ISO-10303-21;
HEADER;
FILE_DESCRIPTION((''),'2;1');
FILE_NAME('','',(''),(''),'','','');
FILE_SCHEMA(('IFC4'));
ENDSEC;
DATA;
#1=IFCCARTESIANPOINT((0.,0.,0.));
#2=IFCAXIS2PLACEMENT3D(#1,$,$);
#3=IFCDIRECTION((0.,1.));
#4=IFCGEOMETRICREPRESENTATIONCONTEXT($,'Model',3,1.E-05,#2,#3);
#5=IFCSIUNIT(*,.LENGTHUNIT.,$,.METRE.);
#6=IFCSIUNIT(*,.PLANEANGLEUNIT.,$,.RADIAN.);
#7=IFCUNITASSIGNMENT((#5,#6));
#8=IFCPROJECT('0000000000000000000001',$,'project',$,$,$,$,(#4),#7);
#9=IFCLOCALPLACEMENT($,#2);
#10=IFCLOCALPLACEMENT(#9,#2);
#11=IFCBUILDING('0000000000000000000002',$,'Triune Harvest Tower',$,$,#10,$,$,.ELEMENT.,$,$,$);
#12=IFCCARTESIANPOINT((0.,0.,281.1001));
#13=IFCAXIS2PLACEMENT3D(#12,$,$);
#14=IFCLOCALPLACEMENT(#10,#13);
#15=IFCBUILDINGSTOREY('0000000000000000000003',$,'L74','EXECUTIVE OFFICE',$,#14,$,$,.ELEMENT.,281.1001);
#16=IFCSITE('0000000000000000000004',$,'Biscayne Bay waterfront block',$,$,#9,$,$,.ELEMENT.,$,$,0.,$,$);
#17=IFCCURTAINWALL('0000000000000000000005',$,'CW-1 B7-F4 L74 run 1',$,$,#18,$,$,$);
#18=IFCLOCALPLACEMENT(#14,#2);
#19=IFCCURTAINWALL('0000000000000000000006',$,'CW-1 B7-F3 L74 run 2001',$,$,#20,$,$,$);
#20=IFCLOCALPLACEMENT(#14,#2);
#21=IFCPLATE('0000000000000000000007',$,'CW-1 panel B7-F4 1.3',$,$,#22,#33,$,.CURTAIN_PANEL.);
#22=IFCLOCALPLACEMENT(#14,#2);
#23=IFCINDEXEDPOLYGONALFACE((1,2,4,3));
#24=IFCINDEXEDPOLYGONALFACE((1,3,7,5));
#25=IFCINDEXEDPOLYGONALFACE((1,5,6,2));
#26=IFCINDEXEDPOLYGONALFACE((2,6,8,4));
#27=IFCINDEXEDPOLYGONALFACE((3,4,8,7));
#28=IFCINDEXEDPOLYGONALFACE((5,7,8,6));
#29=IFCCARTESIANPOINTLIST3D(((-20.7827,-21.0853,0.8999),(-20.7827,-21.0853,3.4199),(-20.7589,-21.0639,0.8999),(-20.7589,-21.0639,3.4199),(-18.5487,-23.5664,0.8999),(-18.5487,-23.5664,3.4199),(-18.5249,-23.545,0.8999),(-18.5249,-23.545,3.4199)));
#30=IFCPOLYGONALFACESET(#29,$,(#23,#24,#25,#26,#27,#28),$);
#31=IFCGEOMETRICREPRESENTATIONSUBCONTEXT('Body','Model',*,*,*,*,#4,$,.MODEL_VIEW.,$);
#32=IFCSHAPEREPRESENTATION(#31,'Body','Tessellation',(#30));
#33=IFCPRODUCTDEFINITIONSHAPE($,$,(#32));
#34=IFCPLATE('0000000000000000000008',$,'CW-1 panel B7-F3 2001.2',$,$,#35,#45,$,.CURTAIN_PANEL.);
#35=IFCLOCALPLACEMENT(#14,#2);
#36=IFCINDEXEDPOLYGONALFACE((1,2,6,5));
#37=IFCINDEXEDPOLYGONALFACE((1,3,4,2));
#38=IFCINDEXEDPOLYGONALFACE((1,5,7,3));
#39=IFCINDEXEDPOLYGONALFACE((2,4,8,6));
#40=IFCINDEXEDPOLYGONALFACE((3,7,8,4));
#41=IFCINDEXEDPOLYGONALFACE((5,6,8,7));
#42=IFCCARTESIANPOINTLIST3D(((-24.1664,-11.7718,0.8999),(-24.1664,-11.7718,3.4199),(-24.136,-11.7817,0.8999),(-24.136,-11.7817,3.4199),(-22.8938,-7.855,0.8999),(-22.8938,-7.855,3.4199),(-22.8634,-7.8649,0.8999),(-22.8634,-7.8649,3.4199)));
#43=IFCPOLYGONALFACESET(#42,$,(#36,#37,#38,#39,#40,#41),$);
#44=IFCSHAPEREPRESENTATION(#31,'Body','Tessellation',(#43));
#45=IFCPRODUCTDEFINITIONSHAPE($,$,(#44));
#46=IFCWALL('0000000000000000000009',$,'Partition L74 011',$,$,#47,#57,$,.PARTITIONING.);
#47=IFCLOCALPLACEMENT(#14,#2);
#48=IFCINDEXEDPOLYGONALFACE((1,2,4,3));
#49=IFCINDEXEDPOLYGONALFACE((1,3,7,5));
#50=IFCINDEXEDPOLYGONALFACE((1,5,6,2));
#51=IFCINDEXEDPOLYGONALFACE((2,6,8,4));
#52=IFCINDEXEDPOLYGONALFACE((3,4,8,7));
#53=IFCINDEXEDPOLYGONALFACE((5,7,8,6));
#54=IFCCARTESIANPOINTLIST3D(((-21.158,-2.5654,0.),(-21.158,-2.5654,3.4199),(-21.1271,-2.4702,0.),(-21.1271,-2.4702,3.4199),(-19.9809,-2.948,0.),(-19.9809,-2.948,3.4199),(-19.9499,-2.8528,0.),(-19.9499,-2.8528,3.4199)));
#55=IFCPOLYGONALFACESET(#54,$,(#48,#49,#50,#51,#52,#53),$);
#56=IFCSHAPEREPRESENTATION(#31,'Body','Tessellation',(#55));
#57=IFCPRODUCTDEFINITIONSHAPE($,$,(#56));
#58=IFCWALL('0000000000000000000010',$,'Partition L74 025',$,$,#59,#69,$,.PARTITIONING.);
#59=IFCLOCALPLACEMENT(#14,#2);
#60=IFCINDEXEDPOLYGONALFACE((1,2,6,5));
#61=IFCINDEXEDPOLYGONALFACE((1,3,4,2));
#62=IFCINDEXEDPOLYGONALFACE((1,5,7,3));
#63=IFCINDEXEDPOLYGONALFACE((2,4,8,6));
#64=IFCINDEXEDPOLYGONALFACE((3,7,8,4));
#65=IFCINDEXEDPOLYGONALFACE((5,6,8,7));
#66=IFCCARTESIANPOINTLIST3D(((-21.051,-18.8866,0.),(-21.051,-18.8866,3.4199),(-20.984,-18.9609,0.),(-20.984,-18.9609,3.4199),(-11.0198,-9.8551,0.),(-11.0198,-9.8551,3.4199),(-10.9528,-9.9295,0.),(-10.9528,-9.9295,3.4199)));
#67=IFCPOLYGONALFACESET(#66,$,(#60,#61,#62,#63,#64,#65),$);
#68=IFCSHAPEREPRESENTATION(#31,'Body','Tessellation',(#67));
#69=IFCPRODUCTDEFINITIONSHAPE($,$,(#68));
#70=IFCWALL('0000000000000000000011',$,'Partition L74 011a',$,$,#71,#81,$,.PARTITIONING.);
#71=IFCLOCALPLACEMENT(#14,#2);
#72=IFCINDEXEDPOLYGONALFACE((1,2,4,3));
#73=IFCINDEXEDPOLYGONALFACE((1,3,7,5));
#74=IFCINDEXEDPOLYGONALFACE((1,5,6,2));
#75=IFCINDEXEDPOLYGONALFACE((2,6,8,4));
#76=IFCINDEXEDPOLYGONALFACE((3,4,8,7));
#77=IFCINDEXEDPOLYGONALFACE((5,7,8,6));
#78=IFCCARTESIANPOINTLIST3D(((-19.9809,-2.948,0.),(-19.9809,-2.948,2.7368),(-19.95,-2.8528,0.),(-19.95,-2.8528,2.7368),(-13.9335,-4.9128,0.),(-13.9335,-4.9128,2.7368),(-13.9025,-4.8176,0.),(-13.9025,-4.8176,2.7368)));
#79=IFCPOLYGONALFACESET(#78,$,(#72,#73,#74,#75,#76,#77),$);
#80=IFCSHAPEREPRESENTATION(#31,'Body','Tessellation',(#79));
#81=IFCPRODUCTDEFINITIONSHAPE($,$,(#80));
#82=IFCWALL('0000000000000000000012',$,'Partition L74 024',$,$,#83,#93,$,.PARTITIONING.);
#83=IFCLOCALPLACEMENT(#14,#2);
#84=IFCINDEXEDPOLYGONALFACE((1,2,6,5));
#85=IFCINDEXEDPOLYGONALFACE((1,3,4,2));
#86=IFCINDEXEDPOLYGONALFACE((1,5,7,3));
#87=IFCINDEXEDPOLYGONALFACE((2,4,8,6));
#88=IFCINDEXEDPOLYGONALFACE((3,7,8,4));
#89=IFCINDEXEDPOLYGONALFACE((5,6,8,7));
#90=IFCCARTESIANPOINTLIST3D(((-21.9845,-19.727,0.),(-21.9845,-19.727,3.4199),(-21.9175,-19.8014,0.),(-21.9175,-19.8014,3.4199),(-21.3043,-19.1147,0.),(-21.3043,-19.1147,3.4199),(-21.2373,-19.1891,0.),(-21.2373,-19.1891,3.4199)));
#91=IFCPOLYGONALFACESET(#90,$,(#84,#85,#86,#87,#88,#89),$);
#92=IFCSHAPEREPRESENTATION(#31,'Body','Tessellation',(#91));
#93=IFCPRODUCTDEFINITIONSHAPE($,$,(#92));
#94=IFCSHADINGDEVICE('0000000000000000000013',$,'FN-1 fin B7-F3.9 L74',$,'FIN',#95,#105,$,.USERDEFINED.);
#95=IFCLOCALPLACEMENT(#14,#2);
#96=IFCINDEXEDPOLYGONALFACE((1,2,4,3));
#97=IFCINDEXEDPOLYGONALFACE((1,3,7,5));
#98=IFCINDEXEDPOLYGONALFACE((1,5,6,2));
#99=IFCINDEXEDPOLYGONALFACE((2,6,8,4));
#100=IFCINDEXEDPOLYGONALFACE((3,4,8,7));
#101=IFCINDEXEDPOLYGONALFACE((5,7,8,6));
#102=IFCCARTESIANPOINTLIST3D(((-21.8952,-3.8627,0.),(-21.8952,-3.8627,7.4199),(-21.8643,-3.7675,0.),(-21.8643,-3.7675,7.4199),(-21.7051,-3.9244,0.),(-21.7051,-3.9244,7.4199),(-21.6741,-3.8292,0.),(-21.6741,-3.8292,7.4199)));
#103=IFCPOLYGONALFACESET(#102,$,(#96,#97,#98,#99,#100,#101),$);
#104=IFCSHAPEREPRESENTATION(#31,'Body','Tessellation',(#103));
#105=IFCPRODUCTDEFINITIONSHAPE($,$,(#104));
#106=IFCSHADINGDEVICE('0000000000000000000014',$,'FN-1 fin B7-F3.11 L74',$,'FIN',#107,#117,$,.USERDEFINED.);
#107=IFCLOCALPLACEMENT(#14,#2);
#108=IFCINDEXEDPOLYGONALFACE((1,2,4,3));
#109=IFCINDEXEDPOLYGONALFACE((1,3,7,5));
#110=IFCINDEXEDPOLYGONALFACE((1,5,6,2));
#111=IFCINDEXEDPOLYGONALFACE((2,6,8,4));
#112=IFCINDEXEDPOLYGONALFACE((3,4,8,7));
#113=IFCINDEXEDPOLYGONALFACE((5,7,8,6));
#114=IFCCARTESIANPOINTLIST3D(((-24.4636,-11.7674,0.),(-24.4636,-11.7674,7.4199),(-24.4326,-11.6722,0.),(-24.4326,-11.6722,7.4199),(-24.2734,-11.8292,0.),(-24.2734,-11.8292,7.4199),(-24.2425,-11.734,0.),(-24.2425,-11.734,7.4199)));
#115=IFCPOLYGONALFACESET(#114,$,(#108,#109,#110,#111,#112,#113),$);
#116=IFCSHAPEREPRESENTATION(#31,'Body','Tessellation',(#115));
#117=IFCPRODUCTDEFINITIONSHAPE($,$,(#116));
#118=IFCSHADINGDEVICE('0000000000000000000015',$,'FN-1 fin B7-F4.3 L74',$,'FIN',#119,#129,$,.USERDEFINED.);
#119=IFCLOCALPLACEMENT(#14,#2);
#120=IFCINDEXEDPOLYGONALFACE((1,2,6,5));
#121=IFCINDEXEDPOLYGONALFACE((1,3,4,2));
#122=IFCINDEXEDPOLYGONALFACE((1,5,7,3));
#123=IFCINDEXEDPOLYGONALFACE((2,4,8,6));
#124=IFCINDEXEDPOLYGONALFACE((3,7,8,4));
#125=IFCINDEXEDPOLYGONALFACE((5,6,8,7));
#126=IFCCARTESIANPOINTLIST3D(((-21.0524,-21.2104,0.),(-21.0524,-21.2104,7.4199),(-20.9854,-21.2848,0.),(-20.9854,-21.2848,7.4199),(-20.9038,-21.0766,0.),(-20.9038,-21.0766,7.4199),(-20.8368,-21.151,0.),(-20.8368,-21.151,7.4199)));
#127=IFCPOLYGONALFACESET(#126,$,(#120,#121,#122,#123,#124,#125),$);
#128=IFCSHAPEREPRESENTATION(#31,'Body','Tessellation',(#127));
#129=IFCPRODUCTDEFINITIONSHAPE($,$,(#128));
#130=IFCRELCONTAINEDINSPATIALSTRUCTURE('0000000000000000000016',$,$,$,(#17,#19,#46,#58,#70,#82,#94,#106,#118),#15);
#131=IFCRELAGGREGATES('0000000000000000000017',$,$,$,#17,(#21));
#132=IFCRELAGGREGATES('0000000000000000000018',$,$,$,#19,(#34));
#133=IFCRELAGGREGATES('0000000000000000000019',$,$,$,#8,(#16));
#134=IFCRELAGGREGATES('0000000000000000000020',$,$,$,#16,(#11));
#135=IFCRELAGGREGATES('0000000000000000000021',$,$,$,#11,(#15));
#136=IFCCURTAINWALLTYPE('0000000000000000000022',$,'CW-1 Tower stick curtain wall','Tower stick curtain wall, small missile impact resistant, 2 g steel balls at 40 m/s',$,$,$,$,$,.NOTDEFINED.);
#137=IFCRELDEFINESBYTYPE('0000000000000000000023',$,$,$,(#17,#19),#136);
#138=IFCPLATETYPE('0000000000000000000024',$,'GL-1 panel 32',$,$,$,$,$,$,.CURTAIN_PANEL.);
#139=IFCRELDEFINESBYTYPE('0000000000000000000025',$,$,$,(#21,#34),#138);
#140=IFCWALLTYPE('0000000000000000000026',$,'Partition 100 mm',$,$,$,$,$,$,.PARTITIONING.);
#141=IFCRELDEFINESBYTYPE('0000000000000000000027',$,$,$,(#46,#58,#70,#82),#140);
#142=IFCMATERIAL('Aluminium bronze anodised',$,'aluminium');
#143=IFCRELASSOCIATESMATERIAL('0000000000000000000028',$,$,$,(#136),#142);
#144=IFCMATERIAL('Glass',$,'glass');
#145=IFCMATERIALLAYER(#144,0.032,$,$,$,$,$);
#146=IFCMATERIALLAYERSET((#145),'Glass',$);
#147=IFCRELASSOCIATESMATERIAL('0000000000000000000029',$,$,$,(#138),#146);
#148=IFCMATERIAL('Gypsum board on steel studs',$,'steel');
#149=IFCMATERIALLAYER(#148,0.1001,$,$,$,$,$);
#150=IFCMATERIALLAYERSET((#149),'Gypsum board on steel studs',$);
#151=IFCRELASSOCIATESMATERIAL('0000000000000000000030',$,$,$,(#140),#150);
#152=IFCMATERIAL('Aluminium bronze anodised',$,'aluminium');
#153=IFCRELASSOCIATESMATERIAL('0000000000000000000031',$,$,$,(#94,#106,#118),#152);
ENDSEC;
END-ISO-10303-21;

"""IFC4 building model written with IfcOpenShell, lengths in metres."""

from ifc_helpers import new_model, si_unit, direction, frame, frame_2d, origin, origin_2d, place, context, subcontext, project, spatial, rectangle, extrude, source, transform, mapped, material, layer, layer_set, type_object, element, aggregate, save


model = new_model("IFC4")

# Units and contexts
model_context = context("Model", 3, precision=1e-05, world=origin(), true_north=direction((0.0, 1.0)))
body_context = subcontext(model_context, "Body", "Model", "MODEL_VIEW")
ifc_project = project(units=[si_unit("LENGTHUNIT", "METRE"), si_unit("PLANEANGLEUNIT", "RADIAN")], contexts=[model_context])

# Site, building, storey
site_placement = place(None, origin())
site = spatial("IfcSite", under=ifc_project, at=site_placement, Name="Biscayne Bay waterfront block", CompositionType="ELEMENT", RefElevation=0.0)
building_placement = place(site_placement, origin())
building = spatial("IfcBuilding", under=site, at=building_placement, Name="Triune Harvest Tower", CompositionType="ELEMENT")
storey_placement = place(building_placement, frame((0.0, 0.0, 281.1001)))
storey = spatial("IfcBuildingStorey", under=building, at=storey_placement, Name="L74", Description="EXECUTIVE OFFICE", CompositionType="ELEMENT", Elevation=281.1001)

# Curtain wall
ifc_material_1 = material(Name="Aluminium bronze anodised", Category="aluminium")
curtain_wall_type_1 = type_object("IfcCurtainWallType", Name="CW-1 Tower stick curtain wall", Description="Tower stick curtain wall, small missile impact resistant, 2 g steel balls at 40 m/s", PredefinedType="NOTDEFINED", material=ifc_material_1)
curtain_wall_1_placement = place(storey_placement, origin())
curtain_wall_1 = element("IfcCurtainWall", 1, at=curtain_wall_1_placement, inside=storey, type_object=curtain_wall_type_1, Name="CW-1 B7-F4 L74 run 1")

# Curtain wall
curtain_wall_2_placement = place(storey_placement, origin())
curtain_wall_2 = element("IfcCurtainWall", 2, at=curtain_wall_2_placement, inside=storey, type_object=curtain_wall_type_1, Name="CW-1 B7-F3 L74 run 2001")

# Plates
ifc_material_2 = material(Name="Glass", Category="glass")
ifc_layer_1 = layer(ifc_material_2, 0.032)
ifc_layer_set_1 = layer_set([ifc_layer_1], Name="Glass")
plate_type_1 = type_object("IfcPlateType", Name="GL-1 panel 32", PredefinedType="CURTAIN_PANEL", material=ifc_layer_set_1)
shared_shape_1 = source(origin(), body_context, "Body", "SweptSolid", [
    extrude(rectangle(XDim=3.3386, YDim=0.032, at=origin_2d()), origin(), (0.0, 0.0, 1.0), 2.52),
])
plate_1_placement = place(storey_placement, frame((-19.6538, -22.3152, 0.8999), z_axis=(0.0, 0.0, 1.0), x_axis=(0.669132, -0.743144, 0.0)))
plate_1 = element("IfcPlate", 3, at=plate_1_placement, type_object=plate_type_1, Name="CW-1 panel B7-F4 1.3", PredefinedType="CURTAIN_PANEL", context=body_context, shape_type="MappedRepresentation", body=[
    mapped(shared_shape_1, transform((0.0, 0.0, 0.0), scale=1.0)),
])
aggregate(curtain_wall_1, [plate_1])
shared_shape_2 = source(origin(), body_context, "Body", "SweptSolid", [
    extrude(rectangle(XDim=4.1184, YDim=0.032, at=origin_2d()), origin(), (0.0, 0.0, 1.0), 2.52),
])
plate_2_placement = place(storey_placement, frame((-23.5149, -9.8184, 0.8999), z_axis=(0.0, 0.0, 1.0), x_axis=(-0.309013, -0.951058, 0.0)))
plate_2 = element("IfcPlate", 4, at=plate_2_placement, type_object=plate_type_1, Name="CW-1 panel B7-F3 2001.2", PredefinedType="CURTAIN_PANEL", context=body_context, shape_type="MappedRepresentation", body=[
    mapped(shared_shape_2, transform((0.0, 0.0, 0.0), scale=1.0)),
])
aggregate(curtain_wall_2, [plate_2])

# Walls
ifc_material_3 = material(Name="Gypsum board on steel studs", Category="steel")
ifc_layer_2 = layer(ifc_material_3, 0.1001)
ifc_layer_set_2 = layer_set([ifc_layer_2], Name="Gypsum board on steel studs")
wall_type = type_object("IfcWallType", Name="Partition 100 mm", PredefinedType="PARTITIONING", material=ifc_layer_set_2)
wall_1_placement = place(storey_placement, frame((-21.1426, -2.5178, 0.0), z_axis=(0.0, 0.0, 1.0), x_axis=(0.951043, -0.309059, 0.0)))
element("IfcWall", 5, at=wall_1_placement, inside=storey, type_object=wall_type, Name="Partition L74 011", PredefinedType="PARTITIONING", context=body_context, shape_type="SweptSolid", body=[
    extrude(rectangle(XDim=1.2378, YDim=0.1001, at=frame_2d((0.6189, 0.0))), origin(), (0.0, 0.0, 1.0), 3.4199),
])
wall_2_placement = place(storey_placement, frame((-21.0176, -18.9238, 0.0), z_axis=(0.0, 0.0, 1.0), x_axis=(0.74317, 0.669103, 0.0)))
element("IfcWall", 6, at=wall_2_placement, inside=storey, type_object=wall_type, Name="Partition L74 025", PredefinedType="PARTITIONING", context=body_context, shape_type="SweptSolid", body=[
    extrude(rectangle(XDim=13.4978, YDim=0.1001, at=frame_2d((6.749, 0.0))), origin(), (0.0, 0.0, 1.0), 3.4199),
])
shared_shape_3 = source(origin(), body_context, "Body", "SweptSolid", [
    extrude(rectangle(XDim=6.3586, YDim=0.1001, at=frame_2d((3.1792, 0.0))), origin(), (0.0, 0.0, 1.0), 2.7368),
])
wall_3_placement = place(storey_placement, frame((-19.9653, -2.9004, 0.0), z_axis=(0.0, 0.0, 1.0), x_axis=(0.951059, -0.309008, 0.0)))
element("IfcWall", 7, at=wall_3_placement, inside=storey, type_object=wall_type, Name="Partition L74 011a", PredefinedType="PARTITIONING", context=body_context, shape_type="MappedRepresentation", body=[
    mapped(shared_shape_3, transform((0.0, 0.0, 0.0), scale=1.0)),
])
shared_shape_4 = source(origin(), body_context, "Body", "SweptSolid", [
    extrude(rectangle(XDim=0.9153, YDim=0.1001, at=frame_2d((0.4575, 0.0))), origin(), (0.0, 0.0, 1.0), 3.4199),
])
wall_4_placement = place(storey_placement, frame((-21.9509, -19.7642, 0.0), z_axis=(0.0, 0.0, 1.0), x_axis=(0.743215, 0.669053, 0.0)))
element("IfcWall", 8, at=wall_4_placement, inside=storey, type_object=wall_type, Name="Partition L74 024", PredefinedType="PARTITIONING", context=body_context, shape_type="MappedRepresentation", body=[
    mapped(shared_shape_4, transform((0.0, 0.0, 0.0), scale=1.0)),
])

# Shading devices
ifc_material_4 = material(Name="Aluminium bronze anodised", Category="aluminium")
shared_shape_5 = source(origin(), body_context, "Body", "SweptSolid", [
    extrude(rectangle(XDim=0.1001, YDim=0.2, at=origin_2d()), origin(), (0.0, 0.0, 1.0), 7.4199),
])
for number, where, z_axis, x_axis, name in (
    (9, (-21.7847, -3.8459, 0.0), (0.0, 0.0, 1.0), (-0.309016, -0.951057, 0.0), "FN-1 fin B7-F3.9 L74"),
    (10, (-24.353, -11.7507, 0.0), (0.0, 0.0, 1.0), (-0.309016, -0.951057, 0.0), "FN-1 fin B7-F3.11 L74"),
    (11, (-20.9446, -21.1807, 0.0), (0.0, 0.0, 1.0), (0.669132, -0.743144, 0.0), "FN-1 fin B7-F4.3 L74"),
):
    element("IfcShadingDevice", number, at=place(storey_placement, frame(where, z_axis=z_axis, x_axis=x_axis)), inside=storey, material=ifc_material_4, Name=name, ObjectType="FIN", PredefinedType="USERDEFINED", context=body_context, shape_type="MappedRepresentation", body=[
        mapped(shared_shape_5, transform((0.0, 0.0, 0.0), scale=1.0)),
    ])

save(model, "model.ifc")
